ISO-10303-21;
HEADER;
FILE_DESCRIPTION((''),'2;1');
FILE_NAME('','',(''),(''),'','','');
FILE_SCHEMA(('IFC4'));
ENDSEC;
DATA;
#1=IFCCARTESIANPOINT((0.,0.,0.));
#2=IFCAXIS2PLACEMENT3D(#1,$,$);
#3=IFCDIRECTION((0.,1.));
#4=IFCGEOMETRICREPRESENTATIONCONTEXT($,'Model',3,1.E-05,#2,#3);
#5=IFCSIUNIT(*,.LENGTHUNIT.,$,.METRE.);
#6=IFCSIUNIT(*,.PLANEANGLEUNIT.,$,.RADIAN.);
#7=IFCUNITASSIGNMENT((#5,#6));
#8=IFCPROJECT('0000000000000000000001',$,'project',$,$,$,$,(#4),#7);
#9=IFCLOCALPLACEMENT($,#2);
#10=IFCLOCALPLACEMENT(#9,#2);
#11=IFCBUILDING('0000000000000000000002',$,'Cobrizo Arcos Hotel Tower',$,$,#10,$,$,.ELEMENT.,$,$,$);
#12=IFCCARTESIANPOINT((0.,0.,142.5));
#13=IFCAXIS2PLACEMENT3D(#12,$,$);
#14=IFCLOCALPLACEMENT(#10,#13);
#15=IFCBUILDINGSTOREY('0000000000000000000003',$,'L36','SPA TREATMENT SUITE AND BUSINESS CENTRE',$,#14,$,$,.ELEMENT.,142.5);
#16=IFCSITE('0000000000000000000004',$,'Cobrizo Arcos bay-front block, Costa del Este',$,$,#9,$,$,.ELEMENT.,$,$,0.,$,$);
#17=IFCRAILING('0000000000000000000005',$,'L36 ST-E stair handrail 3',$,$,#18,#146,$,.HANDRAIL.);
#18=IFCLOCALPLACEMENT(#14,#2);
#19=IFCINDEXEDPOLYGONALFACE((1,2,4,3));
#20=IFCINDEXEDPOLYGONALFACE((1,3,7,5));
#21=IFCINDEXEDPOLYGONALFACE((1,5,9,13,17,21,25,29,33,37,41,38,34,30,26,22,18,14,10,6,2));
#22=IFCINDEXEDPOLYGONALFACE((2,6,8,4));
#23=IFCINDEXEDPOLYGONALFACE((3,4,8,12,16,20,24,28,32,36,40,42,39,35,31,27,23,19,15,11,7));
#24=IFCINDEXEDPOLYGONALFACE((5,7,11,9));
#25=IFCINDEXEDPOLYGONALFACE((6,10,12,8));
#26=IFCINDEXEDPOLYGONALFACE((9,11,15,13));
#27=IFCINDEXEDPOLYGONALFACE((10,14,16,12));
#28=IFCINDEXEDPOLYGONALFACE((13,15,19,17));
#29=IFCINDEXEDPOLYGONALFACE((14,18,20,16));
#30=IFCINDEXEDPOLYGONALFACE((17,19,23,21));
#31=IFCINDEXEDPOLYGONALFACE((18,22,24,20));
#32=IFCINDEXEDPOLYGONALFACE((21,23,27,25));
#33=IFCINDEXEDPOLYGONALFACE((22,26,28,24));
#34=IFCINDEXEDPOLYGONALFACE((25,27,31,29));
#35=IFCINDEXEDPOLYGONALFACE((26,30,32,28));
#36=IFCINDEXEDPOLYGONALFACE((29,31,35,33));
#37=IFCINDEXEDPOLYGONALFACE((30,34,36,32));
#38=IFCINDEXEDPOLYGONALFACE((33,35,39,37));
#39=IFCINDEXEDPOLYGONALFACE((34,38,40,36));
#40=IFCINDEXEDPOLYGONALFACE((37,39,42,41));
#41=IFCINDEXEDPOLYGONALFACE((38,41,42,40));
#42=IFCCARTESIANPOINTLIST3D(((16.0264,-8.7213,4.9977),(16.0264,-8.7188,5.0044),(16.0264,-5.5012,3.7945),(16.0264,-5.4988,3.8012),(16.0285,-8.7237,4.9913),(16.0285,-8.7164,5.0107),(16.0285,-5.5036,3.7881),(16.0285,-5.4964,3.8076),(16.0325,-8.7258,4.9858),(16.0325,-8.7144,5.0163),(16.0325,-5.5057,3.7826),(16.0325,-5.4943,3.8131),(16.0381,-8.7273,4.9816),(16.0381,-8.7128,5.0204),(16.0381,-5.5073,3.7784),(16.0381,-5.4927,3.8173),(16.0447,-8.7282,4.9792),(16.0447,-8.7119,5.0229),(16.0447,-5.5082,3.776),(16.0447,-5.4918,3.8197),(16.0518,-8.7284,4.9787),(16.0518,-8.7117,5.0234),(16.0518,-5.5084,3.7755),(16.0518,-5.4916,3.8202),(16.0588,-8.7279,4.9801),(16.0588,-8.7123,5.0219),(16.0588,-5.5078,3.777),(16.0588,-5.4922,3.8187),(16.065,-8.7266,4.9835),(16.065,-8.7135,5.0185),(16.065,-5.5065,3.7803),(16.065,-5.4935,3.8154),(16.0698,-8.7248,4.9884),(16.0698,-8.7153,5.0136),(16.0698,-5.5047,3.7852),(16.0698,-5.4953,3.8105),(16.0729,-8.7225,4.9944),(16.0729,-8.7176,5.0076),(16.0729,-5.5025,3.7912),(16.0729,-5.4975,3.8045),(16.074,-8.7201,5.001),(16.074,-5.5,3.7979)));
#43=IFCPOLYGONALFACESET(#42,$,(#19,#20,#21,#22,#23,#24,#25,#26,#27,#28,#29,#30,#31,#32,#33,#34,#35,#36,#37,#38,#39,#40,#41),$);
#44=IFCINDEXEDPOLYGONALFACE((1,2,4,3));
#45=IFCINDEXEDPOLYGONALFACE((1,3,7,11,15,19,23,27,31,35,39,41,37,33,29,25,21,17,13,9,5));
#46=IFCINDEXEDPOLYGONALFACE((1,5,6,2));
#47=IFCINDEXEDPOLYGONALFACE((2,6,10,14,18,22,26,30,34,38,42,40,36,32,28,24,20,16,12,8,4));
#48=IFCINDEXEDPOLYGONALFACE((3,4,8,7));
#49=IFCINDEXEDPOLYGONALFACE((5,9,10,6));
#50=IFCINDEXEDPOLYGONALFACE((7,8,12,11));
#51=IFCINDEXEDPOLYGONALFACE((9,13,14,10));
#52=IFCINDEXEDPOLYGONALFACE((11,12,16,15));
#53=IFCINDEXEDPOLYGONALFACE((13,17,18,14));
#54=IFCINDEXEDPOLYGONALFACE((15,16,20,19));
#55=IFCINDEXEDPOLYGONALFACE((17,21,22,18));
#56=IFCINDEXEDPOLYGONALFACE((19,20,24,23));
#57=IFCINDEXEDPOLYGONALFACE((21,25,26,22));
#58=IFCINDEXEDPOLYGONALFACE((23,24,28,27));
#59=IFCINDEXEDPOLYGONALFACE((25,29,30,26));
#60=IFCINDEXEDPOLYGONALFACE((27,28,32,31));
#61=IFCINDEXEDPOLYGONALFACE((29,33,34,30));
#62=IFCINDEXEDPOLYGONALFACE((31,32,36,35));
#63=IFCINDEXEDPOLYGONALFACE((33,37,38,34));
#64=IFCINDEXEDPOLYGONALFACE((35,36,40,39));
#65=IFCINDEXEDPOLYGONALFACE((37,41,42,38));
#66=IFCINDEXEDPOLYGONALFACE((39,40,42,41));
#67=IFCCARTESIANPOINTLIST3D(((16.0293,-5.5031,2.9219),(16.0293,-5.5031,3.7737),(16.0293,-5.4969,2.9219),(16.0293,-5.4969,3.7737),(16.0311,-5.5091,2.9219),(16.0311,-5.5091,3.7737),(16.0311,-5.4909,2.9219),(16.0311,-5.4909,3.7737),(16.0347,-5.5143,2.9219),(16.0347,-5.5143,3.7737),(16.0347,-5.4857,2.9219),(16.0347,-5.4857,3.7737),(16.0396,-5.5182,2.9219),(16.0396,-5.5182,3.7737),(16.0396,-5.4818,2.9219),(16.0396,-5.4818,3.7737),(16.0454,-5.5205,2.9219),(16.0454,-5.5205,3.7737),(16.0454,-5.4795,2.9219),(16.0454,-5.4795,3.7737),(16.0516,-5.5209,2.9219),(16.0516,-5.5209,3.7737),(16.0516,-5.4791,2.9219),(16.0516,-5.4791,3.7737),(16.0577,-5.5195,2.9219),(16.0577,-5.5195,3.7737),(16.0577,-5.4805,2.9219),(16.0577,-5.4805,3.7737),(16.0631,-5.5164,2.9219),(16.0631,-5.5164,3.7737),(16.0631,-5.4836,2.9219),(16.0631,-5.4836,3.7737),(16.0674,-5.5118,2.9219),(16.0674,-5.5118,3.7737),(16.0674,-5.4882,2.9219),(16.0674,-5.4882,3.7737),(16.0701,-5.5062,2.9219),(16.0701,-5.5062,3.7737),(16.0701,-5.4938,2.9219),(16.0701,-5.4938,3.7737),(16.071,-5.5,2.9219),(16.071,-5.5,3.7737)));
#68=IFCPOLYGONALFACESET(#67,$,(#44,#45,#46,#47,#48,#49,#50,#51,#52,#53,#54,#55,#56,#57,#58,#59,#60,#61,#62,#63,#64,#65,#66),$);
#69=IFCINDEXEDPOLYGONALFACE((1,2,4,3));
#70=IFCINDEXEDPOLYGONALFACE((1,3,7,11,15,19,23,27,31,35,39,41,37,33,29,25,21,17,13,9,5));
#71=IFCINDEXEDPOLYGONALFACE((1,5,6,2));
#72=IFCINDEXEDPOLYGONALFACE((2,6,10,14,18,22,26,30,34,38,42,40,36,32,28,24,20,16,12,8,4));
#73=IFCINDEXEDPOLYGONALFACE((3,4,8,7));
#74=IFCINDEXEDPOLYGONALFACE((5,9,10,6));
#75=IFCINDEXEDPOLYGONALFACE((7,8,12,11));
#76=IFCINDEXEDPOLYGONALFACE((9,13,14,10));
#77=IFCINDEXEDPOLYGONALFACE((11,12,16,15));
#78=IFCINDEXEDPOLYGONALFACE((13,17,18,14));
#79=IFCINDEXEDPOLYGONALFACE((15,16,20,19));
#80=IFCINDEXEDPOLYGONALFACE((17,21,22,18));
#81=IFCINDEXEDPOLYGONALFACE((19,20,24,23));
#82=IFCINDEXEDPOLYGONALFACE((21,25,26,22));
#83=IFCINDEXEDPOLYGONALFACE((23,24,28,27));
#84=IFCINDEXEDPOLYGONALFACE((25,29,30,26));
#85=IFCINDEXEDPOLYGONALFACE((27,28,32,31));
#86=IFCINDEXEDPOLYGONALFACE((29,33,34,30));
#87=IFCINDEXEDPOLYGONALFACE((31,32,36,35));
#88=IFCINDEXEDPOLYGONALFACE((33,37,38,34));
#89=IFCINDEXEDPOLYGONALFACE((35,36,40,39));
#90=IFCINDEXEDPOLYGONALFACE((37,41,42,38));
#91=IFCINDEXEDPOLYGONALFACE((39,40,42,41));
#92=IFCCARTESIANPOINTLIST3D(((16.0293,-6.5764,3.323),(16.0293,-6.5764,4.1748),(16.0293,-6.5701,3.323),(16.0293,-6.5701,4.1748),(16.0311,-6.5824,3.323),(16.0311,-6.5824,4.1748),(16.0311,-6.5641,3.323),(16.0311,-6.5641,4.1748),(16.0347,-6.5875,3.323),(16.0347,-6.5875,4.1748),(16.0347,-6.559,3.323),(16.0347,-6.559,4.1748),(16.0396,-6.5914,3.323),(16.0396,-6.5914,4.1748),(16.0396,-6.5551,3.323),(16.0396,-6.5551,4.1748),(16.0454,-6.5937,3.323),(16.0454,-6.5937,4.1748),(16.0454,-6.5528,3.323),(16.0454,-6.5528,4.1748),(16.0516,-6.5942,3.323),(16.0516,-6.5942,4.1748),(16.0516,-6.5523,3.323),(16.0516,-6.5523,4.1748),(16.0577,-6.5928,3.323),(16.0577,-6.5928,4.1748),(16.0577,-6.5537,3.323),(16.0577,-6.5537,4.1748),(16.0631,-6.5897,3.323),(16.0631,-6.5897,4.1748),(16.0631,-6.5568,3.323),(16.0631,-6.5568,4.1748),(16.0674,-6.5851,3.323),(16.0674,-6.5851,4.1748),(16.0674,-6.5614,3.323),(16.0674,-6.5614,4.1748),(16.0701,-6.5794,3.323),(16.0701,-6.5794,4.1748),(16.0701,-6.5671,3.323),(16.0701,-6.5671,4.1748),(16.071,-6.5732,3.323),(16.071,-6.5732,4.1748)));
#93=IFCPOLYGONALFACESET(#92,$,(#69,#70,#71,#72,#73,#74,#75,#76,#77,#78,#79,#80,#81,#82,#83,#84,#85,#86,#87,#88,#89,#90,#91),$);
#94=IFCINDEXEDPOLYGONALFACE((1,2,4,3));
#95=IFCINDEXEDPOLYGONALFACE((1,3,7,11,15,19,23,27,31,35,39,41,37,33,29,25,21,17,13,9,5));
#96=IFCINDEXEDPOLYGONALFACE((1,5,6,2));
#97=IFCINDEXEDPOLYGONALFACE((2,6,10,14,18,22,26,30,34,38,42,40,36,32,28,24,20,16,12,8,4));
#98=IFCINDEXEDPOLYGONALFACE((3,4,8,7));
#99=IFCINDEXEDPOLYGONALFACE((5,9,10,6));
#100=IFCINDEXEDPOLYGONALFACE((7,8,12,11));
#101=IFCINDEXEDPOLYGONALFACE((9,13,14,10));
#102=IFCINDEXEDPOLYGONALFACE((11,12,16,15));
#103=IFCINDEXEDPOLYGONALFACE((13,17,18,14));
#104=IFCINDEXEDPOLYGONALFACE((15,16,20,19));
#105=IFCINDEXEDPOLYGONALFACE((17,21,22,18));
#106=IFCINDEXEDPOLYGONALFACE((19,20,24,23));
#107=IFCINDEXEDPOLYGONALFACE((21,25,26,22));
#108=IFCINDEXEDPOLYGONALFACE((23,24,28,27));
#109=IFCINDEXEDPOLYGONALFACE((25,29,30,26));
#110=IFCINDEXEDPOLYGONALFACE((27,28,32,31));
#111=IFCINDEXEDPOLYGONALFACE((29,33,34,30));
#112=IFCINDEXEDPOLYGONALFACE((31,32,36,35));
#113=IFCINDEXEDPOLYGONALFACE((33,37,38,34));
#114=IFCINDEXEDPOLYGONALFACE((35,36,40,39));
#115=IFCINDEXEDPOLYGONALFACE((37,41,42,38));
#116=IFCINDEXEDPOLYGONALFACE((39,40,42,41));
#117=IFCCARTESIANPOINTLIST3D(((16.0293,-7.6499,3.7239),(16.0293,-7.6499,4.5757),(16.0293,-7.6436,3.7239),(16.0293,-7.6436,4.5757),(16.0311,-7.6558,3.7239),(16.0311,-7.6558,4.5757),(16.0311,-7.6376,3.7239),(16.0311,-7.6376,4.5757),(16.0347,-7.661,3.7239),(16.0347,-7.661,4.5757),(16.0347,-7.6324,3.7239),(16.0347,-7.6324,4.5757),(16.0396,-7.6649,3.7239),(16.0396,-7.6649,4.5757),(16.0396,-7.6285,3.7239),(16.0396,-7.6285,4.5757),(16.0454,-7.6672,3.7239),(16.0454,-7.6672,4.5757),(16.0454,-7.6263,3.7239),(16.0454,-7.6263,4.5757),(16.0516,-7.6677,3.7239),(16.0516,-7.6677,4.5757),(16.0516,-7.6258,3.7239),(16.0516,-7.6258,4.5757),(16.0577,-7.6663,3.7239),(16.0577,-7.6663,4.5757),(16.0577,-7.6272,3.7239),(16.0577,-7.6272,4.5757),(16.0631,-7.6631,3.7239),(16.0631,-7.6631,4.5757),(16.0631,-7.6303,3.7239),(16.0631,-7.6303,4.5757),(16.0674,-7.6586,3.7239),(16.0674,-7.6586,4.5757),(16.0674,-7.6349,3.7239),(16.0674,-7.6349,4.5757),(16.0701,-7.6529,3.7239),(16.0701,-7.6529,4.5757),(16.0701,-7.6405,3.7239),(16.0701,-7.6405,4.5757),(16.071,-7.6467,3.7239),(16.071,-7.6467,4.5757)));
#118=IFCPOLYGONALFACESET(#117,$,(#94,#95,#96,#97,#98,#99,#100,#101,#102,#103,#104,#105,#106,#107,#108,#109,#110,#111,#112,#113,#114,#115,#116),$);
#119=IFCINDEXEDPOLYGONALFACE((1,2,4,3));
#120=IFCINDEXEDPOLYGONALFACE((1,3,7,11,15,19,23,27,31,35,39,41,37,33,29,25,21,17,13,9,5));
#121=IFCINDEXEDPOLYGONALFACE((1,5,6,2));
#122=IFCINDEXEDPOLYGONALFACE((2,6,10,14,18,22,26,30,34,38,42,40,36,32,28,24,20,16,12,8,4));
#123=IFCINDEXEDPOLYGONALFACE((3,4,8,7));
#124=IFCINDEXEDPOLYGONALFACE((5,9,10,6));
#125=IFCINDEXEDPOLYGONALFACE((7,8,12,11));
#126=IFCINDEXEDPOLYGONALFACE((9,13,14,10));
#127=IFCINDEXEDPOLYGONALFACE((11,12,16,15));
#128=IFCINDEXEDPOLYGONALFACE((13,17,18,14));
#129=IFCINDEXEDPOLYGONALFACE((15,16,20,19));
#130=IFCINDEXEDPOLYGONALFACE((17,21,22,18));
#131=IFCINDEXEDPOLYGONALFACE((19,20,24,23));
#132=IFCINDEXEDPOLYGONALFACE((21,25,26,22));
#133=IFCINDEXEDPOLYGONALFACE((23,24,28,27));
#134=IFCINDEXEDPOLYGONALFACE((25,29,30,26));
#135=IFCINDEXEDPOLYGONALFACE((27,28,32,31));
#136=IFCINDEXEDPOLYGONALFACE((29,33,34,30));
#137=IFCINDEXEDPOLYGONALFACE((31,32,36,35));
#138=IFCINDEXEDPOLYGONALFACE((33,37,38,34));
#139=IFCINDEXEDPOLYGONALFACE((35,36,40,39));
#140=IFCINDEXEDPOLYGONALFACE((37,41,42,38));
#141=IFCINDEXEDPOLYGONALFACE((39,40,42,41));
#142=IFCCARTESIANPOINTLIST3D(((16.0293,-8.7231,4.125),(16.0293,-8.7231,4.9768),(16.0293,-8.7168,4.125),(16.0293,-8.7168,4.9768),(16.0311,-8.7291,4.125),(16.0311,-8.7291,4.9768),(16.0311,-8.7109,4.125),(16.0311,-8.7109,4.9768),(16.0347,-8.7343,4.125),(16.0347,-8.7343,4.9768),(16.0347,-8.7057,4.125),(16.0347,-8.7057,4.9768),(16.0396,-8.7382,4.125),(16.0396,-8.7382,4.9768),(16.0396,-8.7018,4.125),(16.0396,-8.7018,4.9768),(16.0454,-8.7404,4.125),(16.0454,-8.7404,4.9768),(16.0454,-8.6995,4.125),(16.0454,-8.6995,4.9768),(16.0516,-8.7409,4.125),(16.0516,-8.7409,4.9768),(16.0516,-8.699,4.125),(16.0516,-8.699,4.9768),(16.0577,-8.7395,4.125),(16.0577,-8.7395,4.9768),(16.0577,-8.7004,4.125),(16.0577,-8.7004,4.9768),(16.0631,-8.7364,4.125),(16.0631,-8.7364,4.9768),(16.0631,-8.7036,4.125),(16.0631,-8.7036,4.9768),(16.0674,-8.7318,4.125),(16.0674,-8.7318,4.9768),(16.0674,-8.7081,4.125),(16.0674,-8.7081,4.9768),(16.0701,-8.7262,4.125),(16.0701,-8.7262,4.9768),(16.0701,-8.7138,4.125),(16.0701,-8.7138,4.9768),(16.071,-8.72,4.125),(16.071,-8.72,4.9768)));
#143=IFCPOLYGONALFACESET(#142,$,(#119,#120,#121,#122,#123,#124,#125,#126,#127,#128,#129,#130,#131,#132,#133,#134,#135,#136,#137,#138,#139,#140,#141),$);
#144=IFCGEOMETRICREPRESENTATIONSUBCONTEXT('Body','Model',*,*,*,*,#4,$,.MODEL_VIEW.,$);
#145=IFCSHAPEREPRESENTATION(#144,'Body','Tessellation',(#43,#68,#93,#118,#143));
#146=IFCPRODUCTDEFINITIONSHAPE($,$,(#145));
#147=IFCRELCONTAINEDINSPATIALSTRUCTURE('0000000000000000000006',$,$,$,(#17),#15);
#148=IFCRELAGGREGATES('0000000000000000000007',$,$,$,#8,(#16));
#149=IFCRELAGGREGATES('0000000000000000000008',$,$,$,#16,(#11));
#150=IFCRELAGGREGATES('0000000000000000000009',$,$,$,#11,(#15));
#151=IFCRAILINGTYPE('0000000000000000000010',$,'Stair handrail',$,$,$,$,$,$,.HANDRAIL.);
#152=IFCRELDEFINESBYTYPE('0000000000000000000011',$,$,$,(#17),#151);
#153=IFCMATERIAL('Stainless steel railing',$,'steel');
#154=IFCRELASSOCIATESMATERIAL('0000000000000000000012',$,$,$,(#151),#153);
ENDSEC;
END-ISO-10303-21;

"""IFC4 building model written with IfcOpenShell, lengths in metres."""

from ifc_helpers import new_model, si_unit, direction, frame, origin, origin_2d, place, context, subcontext, project, spatial, circle, extrude, material, type_object, element, save


model = new_model("IFC4")

# Units and contexts
model_context = context("Model", 3, precision=1e-05, world=origin(), true_north=direction((0.0, 1.0)))
body_context = subcontext(model_context, "Body", "Model", "MODEL_VIEW")
ifc_project = project(units=[si_unit("LENGTHUNIT", "METRE"), si_unit("PLANEANGLEUNIT", "RADIAN")], contexts=[model_context])

# Site, building, storey
site_placement = place(None, origin())
site = spatial("IfcSite", under=ifc_project, at=site_placement, Name="Cobrizo Arcos bay-front block, Costa del Este", CompositionType="ELEMENT", RefElevation=0.0)
building_placement = place(site_placement, origin())
building = spatial("IfcBuilding", under=site, at=building_placement, Name="Cobrizo Arcos Hotel Tower", CompositionType="ELEMENT")
storey_placement = place(building_placement, frame((0.0, 0.0, 142.5)))
storey = spatial("IfcBuildingStorey", under=building, at=storey_placement, Name="L36", Description="SPA TREATMENT SUITE AND BUSINESS CENTRE", CompositionType="ELEMENT", Elevation=142.5)

# Railing
ifc_material_1 = material(Name="Stainless steel railing", Category="steel")
railing_type_1 = type_object("IfcRailingType", Name="Stair handrail", PredefinedType="HANDRAIL", material=ifc_material_1)
railing_1_placement = place(storey_placement, frame((16.05, -5.5, 2.9219)))
element("IfcRailing", 1, at=railing_1_placement, inside=storey, type_object=railing_type_1, Name="L36 ST-E stair handrail 3", PredefinedType="HANDRAIL", context=body_context, shape_type="SweptSolid", body=[
    extrude(circle(Radius=0.0239, at=origin_2d()), frame((0.0, 0.0, 0.876), z_axis=(0.0, -0.936746, 0.35001), x_axis=(1.0, 0.0, 0.0)), (0.0, 0.0, 1.0), 3.4375),
    extrude(circle(Radius=0.021, at=origin_2d()), origin(), (0.0, 0.0, 1.0), 0.8518),
    extrude(circle(Radius=0.021, at=origin_2d()), frame((0.0, -1.0732, 0.4011)), (0.0, 0.0, 1.0), 0.8518),
    extrude(circle(Radius=0.021, at=origin_2d()), frame((0.0, -2.1467, 0.802)), (0.0, 0.0, 1.0), 0.8518),
    extrude(circle(Radius=0.021, at=origin_2d()), frame((0.0, -3.22, 1.2031)), (0.0, 0.0, 1.0), 0.8518),
])

save(model, "model.ifc")
